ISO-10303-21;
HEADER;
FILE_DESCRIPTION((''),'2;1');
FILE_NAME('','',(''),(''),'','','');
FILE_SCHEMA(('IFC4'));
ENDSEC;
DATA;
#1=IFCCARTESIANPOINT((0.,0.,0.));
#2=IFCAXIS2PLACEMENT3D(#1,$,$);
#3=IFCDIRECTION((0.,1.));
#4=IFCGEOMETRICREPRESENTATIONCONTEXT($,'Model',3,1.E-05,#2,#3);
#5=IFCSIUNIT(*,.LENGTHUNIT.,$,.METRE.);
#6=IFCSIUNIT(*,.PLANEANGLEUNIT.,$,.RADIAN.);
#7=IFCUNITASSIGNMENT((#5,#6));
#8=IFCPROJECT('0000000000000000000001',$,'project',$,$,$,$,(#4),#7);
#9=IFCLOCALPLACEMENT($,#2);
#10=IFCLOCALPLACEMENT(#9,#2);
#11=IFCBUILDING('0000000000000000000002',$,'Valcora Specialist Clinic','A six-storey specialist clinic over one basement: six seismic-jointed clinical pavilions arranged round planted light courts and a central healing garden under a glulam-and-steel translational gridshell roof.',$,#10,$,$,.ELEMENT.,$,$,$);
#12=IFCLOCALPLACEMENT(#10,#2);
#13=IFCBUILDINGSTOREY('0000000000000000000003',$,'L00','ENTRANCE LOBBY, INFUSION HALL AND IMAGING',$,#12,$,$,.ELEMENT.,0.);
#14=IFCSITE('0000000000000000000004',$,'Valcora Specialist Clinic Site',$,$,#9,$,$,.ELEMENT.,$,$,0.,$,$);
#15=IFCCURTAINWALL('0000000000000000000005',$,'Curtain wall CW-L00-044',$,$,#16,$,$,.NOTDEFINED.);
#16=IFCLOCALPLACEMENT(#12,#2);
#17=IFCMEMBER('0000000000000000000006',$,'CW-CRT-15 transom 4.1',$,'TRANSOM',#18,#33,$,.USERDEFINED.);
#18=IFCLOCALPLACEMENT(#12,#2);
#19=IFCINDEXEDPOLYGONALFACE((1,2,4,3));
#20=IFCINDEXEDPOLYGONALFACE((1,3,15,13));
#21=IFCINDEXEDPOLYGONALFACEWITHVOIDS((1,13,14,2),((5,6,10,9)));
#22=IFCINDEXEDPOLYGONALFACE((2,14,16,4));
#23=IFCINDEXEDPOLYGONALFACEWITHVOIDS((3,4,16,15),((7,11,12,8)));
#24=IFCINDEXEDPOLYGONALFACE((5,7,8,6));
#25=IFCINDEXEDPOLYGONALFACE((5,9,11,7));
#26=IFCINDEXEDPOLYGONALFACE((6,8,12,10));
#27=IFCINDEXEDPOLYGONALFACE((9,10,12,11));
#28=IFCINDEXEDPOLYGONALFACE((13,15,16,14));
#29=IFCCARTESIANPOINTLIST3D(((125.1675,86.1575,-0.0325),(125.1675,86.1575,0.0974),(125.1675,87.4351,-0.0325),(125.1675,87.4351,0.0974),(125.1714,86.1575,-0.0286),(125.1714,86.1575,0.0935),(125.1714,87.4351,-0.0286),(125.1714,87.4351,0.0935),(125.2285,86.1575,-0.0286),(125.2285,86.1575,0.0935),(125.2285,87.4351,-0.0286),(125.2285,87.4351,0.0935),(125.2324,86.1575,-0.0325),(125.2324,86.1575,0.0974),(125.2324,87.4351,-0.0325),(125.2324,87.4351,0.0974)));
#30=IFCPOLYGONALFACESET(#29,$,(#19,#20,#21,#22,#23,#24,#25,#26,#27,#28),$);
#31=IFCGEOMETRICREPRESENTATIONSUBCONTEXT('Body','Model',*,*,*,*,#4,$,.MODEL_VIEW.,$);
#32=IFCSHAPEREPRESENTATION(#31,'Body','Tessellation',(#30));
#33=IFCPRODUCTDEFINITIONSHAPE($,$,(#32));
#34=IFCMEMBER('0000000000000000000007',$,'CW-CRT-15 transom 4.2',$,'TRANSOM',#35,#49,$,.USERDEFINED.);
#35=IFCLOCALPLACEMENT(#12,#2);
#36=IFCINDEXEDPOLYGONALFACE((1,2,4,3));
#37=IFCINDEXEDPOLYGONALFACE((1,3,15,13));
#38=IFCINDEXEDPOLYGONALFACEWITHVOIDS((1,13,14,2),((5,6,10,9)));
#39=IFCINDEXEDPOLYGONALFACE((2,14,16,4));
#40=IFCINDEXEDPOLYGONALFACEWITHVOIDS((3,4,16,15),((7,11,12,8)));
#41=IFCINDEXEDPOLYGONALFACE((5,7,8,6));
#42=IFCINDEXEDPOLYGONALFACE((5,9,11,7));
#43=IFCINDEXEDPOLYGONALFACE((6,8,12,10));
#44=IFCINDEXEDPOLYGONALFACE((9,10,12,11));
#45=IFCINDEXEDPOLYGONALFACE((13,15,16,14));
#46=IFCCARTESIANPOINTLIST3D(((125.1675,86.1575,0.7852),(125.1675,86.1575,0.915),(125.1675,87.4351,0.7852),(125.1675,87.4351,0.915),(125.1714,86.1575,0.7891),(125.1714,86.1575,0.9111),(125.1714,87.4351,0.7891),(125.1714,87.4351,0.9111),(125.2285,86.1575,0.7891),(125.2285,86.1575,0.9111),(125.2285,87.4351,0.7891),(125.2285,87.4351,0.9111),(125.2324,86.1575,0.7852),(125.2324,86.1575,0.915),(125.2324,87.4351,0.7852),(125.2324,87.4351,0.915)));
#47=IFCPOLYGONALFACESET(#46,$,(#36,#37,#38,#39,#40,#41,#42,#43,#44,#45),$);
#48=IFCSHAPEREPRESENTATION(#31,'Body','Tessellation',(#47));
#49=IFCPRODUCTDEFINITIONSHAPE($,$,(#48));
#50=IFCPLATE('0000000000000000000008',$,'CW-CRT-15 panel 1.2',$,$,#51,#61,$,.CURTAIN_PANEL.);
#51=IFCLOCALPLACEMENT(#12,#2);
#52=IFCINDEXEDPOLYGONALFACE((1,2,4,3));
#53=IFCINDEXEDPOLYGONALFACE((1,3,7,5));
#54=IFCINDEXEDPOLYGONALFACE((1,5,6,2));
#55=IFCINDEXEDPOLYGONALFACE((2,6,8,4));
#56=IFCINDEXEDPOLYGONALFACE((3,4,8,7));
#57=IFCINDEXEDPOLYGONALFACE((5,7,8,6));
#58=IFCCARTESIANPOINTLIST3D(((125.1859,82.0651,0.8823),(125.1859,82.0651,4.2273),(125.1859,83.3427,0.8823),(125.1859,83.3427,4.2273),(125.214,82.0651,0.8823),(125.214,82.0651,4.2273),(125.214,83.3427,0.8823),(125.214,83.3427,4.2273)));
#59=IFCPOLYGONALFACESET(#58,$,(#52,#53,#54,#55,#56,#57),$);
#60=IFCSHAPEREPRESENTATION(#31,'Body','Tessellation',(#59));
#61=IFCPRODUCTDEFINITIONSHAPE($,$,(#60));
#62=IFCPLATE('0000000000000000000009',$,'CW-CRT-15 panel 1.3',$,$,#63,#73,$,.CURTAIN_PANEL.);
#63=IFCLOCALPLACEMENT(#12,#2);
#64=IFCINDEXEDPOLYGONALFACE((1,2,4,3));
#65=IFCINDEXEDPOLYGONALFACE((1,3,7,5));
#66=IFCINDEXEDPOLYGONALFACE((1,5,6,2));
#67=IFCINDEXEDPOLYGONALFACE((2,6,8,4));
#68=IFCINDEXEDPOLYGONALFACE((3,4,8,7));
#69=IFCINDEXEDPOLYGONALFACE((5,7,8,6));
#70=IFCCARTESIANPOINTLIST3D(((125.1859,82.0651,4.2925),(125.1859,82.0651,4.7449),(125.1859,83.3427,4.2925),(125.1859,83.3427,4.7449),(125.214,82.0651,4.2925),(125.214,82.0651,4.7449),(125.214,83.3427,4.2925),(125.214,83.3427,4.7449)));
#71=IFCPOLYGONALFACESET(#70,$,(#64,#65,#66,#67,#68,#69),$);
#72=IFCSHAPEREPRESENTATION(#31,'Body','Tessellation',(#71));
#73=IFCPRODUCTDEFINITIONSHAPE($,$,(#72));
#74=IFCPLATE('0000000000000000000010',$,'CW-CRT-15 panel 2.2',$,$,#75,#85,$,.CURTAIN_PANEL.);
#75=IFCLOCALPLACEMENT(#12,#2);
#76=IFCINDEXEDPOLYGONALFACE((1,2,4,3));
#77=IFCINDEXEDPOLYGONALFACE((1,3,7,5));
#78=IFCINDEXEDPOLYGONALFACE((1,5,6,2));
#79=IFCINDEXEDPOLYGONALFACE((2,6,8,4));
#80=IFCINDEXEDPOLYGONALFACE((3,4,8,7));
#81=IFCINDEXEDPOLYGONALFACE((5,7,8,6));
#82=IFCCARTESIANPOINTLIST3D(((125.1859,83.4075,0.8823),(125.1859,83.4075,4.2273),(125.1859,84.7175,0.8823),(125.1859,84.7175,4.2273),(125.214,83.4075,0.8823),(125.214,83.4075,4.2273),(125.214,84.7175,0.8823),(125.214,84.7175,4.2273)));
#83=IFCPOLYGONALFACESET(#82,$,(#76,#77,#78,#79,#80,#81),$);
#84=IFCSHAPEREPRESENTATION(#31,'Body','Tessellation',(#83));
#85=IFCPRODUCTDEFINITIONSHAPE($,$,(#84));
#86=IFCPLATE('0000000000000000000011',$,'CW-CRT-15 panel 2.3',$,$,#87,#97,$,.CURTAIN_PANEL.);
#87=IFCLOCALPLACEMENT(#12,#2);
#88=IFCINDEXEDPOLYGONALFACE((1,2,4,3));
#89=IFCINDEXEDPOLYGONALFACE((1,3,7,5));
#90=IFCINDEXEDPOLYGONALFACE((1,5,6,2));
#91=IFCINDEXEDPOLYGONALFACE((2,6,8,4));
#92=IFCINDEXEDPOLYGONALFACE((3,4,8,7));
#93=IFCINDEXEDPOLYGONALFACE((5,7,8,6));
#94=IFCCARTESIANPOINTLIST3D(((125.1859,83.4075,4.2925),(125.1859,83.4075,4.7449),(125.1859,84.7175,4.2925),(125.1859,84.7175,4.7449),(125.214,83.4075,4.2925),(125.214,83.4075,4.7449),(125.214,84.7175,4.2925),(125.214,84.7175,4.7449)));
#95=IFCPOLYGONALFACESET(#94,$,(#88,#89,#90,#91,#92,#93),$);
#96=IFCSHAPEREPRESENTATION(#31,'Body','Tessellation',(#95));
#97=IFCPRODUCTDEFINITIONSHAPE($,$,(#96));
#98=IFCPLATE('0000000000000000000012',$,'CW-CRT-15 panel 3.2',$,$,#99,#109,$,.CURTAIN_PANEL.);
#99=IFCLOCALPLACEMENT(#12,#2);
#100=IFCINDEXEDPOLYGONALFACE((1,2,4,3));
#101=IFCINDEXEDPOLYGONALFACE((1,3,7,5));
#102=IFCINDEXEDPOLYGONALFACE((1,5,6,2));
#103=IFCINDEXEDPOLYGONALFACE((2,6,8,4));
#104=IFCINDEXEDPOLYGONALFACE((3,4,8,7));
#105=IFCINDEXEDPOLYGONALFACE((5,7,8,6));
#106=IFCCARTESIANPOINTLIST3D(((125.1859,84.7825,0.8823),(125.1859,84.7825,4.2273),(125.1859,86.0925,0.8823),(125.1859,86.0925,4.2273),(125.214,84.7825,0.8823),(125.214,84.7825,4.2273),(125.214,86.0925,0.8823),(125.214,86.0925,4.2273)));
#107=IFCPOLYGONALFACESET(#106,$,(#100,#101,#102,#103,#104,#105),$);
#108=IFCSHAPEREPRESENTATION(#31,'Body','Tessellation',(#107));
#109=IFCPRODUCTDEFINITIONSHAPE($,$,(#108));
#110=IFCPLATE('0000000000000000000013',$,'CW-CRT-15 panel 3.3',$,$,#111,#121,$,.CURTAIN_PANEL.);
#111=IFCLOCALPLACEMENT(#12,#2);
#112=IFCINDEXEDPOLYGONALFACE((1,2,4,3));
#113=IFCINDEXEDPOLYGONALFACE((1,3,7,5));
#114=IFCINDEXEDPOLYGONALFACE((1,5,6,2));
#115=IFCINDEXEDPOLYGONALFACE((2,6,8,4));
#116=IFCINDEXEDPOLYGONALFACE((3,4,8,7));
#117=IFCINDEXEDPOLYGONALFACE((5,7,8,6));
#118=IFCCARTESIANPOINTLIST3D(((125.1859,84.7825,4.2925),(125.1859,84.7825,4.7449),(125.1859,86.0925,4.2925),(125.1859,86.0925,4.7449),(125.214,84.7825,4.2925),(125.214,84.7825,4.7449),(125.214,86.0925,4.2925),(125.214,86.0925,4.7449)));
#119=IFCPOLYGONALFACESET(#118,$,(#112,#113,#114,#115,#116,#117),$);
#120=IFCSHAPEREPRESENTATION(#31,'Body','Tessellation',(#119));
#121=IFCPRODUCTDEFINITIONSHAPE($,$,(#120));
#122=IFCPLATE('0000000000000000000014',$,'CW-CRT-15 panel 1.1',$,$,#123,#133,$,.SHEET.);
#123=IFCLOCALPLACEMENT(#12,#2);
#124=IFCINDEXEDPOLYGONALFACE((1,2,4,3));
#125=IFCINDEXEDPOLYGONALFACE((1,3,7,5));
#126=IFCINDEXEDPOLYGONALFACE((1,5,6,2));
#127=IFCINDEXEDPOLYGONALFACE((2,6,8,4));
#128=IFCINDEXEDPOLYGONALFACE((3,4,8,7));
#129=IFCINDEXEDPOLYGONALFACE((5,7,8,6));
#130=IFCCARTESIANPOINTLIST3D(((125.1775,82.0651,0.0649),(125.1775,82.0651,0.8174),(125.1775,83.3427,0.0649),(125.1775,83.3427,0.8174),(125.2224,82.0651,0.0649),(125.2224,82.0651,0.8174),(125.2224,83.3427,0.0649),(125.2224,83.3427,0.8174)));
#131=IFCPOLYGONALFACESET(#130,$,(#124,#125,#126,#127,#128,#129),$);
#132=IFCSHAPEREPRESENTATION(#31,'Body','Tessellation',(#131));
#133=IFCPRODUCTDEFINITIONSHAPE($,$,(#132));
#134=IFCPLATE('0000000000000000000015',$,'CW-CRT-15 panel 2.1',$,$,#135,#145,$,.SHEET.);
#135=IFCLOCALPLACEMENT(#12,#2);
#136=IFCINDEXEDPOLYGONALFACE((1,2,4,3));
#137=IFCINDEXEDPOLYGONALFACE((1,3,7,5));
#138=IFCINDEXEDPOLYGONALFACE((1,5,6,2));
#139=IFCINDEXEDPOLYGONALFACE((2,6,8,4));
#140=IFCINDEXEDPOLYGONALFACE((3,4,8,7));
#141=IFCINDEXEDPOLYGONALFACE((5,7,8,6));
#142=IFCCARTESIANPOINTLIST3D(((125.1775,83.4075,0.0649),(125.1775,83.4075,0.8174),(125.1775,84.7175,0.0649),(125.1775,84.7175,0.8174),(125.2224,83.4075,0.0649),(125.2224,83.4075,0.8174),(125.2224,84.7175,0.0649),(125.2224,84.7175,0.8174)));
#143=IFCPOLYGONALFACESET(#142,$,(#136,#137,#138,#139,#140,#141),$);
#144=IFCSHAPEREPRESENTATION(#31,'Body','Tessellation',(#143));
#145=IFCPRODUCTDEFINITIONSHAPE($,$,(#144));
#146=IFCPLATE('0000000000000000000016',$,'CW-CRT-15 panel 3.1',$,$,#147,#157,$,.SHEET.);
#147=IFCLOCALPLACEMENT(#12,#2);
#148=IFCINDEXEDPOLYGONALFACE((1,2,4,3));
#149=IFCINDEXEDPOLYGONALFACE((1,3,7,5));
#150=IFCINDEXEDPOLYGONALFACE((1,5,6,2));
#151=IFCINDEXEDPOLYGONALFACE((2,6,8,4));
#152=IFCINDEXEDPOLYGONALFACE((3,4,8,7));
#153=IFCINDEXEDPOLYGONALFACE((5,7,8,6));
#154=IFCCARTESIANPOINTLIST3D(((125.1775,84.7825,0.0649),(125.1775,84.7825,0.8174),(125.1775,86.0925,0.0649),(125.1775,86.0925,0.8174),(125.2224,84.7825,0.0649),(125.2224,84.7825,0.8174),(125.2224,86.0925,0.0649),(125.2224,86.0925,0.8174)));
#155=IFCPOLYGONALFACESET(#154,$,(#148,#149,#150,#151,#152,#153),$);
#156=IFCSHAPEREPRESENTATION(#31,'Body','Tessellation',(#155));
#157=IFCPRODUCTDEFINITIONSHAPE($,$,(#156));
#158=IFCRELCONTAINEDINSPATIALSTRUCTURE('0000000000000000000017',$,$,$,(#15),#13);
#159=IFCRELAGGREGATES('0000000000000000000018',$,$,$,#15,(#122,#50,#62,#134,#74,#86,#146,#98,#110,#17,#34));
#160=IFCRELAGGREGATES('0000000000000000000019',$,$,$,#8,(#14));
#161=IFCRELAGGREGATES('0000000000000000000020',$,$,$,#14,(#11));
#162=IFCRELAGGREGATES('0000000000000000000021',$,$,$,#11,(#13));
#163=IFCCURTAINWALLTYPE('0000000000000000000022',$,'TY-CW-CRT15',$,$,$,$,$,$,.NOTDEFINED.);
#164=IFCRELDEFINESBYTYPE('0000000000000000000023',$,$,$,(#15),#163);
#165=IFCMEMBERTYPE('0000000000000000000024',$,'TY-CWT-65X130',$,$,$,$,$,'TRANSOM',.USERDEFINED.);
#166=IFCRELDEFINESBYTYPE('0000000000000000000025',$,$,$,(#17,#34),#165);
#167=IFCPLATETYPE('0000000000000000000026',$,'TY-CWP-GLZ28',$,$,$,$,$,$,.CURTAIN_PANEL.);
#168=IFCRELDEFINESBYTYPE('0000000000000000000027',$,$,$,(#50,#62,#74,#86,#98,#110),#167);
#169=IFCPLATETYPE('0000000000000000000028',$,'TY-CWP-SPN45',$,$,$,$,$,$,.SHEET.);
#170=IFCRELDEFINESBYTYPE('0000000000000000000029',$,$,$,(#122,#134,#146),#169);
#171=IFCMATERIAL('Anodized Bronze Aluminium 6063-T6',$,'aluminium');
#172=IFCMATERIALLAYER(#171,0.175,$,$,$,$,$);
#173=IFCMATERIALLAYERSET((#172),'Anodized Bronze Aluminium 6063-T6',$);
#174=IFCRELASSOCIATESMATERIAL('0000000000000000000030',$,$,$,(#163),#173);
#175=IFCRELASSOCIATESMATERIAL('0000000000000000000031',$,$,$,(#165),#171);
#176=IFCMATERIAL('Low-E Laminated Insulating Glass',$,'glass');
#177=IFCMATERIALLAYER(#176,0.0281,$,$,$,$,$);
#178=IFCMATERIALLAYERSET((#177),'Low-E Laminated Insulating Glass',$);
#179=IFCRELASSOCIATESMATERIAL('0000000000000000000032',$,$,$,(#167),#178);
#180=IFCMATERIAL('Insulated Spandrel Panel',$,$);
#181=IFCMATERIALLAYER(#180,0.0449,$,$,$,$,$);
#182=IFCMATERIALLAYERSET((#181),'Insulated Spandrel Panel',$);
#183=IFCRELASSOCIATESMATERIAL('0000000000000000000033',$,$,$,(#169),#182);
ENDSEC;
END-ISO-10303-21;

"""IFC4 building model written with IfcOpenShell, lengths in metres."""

from ifc_helpers import new_model, si_unit, direction, frame, origin, origin_2d, place, context, subcontext, project, spatial, rectangle, hollow_rectangle, extrude, material, layer, layer_set, material_profile, profile_set, type_object, element, aggregate, save


model = new_model("IFC4")

# Units and contexts
model_context = context("Model", 3, precision=1e-05, world=origin(), true_north=direction((0.0, 1.0)))
body_context = subcontext(model_context, "Body", "Model", "MODEL_VIEW")
ifc_project = project(units=[si_unit("LENGTHUNIT", "METRE"), si_unit("PLANEANGLEUNIT", "RADIAN")], contexts=[model_context])

# Site, building, storey
site_placement = place(None, origin())
site = spatial("IfcSite", under=ifc_project, at=site_placement, Name="Valcora Specialist Clinic Site", CompositionType="ELEMENT", RefElevation=0.0)
building_placement = place(site_placement, origin())
building = spatial("IfcBuilding", under=site, at=building_placement, Name="Valcora Specialist Clinic", Description="A six-storey specialist clinic over one basement: six seismic-jointed clinical pavilions arranged round planted light courts and a central healing garden under a glulam-and-steel translational gridshell roof.", CompositionType="ELEMENT")
storey_placement = place(building_placement, origin())
storey = spatial("IfcBuildingStorey", under=building, at=storey_placement, Name="L00", Description="ENTRANCE LOBBY, INFUSION HALL AND IMAGING", CompositionType="ELEMENT", Elevation=0.0)

# Curtain wall, members, plates
ifc_material_1 = material(Name="Anodized Bronze Aluminium 6063-T6", Category="aluminium")
ifc_layer_1 = layer(ifc_material_1, 0.175)
ifc_layer_set_1 = layer_set([ifc_layer_1], Name="Anodized Bronze Aluminium 6063-T6")
curtain_wall_type = type_object("IfcCurtainWallType", Name="TY-CW-CRT15", PredefinedType="NOTDEFINED", material=ifc_layer_set_1)
curtain_wall_placement = place(storey_placement, origin())
curtain_wall = element("IfcCurtainWall", 1, at=curtain_wall_placement, inside=storey, type_object=curtain_wall_type, Name="Curtain wall CW-L00-044", PredefinedType="NOTDEFINED")
ifc_material_profile_1 = material_profile(ifc_material_1, hollow_rectangle(XDim=0.0649, YDim=0.1299, WallThickness=0.0039, at=origin_2d()), Name="AL-TRN-65X130")
ifc_profile_set_1 = profile_set([ifc_material_profile_1], Name="Anodized Bronze Aluminium 6063-T6")
member_type_1 = type_object("IfcMemberType", Name="TY-CWT-65X130", ElementType="TRANSOM", PredefinedType="USERDEFINED", material=ifc_profile_set_1)
member_1_placement = place(storey_placement, frame((125.2, 86.1575, 0.0325), z_axis=(0.0, 1.0, 0.0), x_axis=(-1.0, 0.0, 0.0)))
member_1 = element("IfcMember", 2, at=member_1_placement, type_object=member_type_1, Name="CW-CRT-15 transom 4.1", ObjectType="TRANSOM", PredefinedType="USERDEFINED", context=body_context, shape_type="SweptSolid", body=[
    extrude(hollow_rectangle(XDim=0.0649, YDim=0.1299, WallThickness=0.0039, at=origin_2d()), origin(), (0.0, 0.0, 1.0), 1.2776),
])
member_2_placement = place(storey_placement, frame((125.2, 86.1575, 0.8501), z_axis=(0.0, 1.0, 0.0), x_axis=(-1.0, 0.0, 0.0)))
member_2 = element("IfcMember", 3, at=member_2_placement, type_object=member_type_1, Name="CW-CRT-15 transom 4.2", ObjectType="TRANSOM", PredefinedType="USERDEFINED", context=body_context, shape_type="SweptSolid", body=[
    extrude(hollow_rectangle(XDim=0.0649, YDim=0.1299, WallThickness=0.0039, at=origin_2d()), origin(), (0.0, 0.0, 1.0), 1.2776),
])
ifc_material_2 = material(Name="Low-E Laminated Insulating Glass", Category="glass")
ifc_layer_2 = layer(ifc_material_2, 0.0281)
ifc_layer_set_2 = layer_set([ifc_layer_2], Name="Low-E Laminated Insulating Glass")
plate_type_1 = type_object("IfcPlateType", Name="TY-CWP-GLZ28", PredefinedType="CURTAIN_PANEL", material=ifc_layer_set_2)
plate_1_placement = place(storey_placement, frame((125.2, 82.7039, 0.8823), z_axis=(0.0, 0.0, 1.0), x_axis=(0.0, 1.0, 0.0)))
plate_1 = element("IfcPlate", 4, at=plate_1_placement, type_object=plate_type_1, Name="CW-CRT-15 panel 1.2", PredefinedType="CURTAIN_PANEL", context=body_context, shape_type="SweptSolid", body=[
    extrude(rectangle(XDim=1.2776, YDim=0.0281, at=origin_2d()), origin(), (0.0, 0.0, 1.0), 3.345),
])
plate_2_placement = place(storey_placement, frame((125.2, 82.7039, 4.2925), z_axis=(0.0, 0.0, 1.0), x_axis=(0.0, 1.0, 0.0)))
plate_2 = element("IfcPlate", 5, at=plate_2_placement, type_object=plate_type_1, Name="CW-CRT-15 panel 1.3", PredefinedType="CURTAIN_PANEL", context=body_context, shape_type="SweptSolid", body=[
    extrude(rectangle(XDim=1.2776, YDim=0.0281, at=origin_2d()), origin(), (0.0, 0.0, 1.0), 0.4524),
])
plate_3_placement = place(storey_placement, frame((125.2, 84.0625, 0.8823), z_axis=(0.0, 0.0, 1.0), x_axis=(0.0, 1.0, 0.0)))
plate_3 = element("IfcPlate", 6, at=plate_3_placement, type_object=plate_type_1, Name="CW-CRT-15 panel 2.2", PredefinedType="CURTAIN_PANEL", context=body_context, shape_type="SweptSolid", body=[
    extrude(rectangle(XDim=1.3101, YDim=0.0281, at=origin_2d()), origin(), (0.0, 0.0, 1.0), 3.345),
])
plate_4_placement = place(storey_placement, frame((125.2, 84.0625, 4.2925), z_axis=(0.0, 0.0, 1.0), x_axis=(0.0, 1.0, 0.0)))
plate_4 = element("IfcPlate", 7, at=plate_4_placement, type_object=plate_type_1, Name="CW-CRT-15 panel 2.3", PredefinedType="CURTAIN_PANEL", context=body_context, shape_type="SweptSolid", body=[
    extrude(rectangle(XDim=1.3101, YDim=0.0281, at=origin_2d()), origin(), (0.0, 0.0, 1.0), 0.4524),
])
plate_5_placement = place(storey_placement, frame((125.2, 85.4375, 0.8823), z_axis=(0.0, 0.0, 1.0), x_axis=(0.0, 1.0, 0.0)))
plate_5 = element("IfcPlate", 8, at=plate_5_placement, type_object=plate_type_1, Name="CW-CRT-15 panel 3.2", PredefinedType="CURTAIN_PANEL", context=body_context, shape_type="SweptSolid", body=[
    extrude(rectangle(XDim=1.3101, YDim=0.0281, at=origin_2d()), origin(), (0.0, 0.0, 1.0), 3.345),
])
plate_6_placement = place(storey_placement, frame((125.2, 85.4375, 4.2925), z_axis=(0.0, 0.0, 1.0), x_axis=(0.0, 1.0, 0.0)))
plate_6 = element("IfcPlate", 9, at=plate_6_placement, type_object=plate_type_1, Name="CW-CRT-15 panel 3.3", PredefinedType="CURTAIN_PANEL", context=body_context, shape_type="SweptSolid", body=[
    extrude(rectangle(XDim=1.3101, YDim=0.0281, at=origin_2d()), origin(), (0.0, 0.0, 1.0), 0.4524),
])
ifc_material_3 = material(Name="Insulated Spandrel Panel")
ifc_layer_3 = layer(ifc_material_3, 0.0449)
ifc_layer_set_3 = layer_set([ifc_layer_3], Name="Insulated Spandrel Panel")
plate_type_2 = type_object("IfcPlateType", Name="TY-CWP-SPN45", PredefinedType="SHEET", material=ifc_layer_set_3)
plate_7_placement = place(storey_placement, frame((125.2, 82.7039, 0.0649), z_axis=(0.0, 0.0, 1.0), x_axis=(0.0, 1.0, 0.0)))
plate_7 = element("IfcPlate", 10, at=plate_7_placement, type_object=plate_type_2, Name="CW-CRT-15 panel 1.1", PredefinedType="SHEET", context=body_context, shape_type="SweptSolid", body=[
    extrude(rectangle(XDim=1.2776, YDim=0.0449, at=origin_2d()), origin(), (0.0, 0.0, 1.0), 0.7524),
])
plate_8_placement = place(storey_placement, frame((125.2, 84.0625, 0.0649), z_axis=(0.0, 0.0, 1.0), x_axis=(0.0, 1.0, 0.0)))
plate_8 = element("IfcPlate", 11, at=plate_8_placement, type_object=plate_type_2, Name="CW-CRT-15 panel 2.1", PredefinedType="SHEET", context=body_context, shape_type="SweptSolid", body=[
    extrude(rectangle(XDim=1.3101, YDim=0.0449, at=origin_2d()), origin(), (0.0, 0.0, 1.0), 0.7524),
])
plate_9_placement = place(storey_placement, frame((125.2, 85.4375, 0.0649), z_axis=(0.0, 0.0, 1.0), x_axis=(0.0, 1.0, 0.0)))
plate_9 = element("IfcPlate", 12, at=plate_9_placement, type_object=plate_type_2, Name="CW-CRT-15 panel 3.1", PredefinedType="SHEET", context=body_context, shape_type="SweptSolid", body=[
    extrude(rectangle(XDim=1.3101, YDim=0.0449, at=origin_2d()), origin(), (0.0, 0.0, 1.0), 0.7524),
])
aggregate(curtain_wall, [plate_7, plate_1, plate_2, plate_8, plate_3, plate_4, plate_9, plate_5, plate_6, member_1, member_2])

save(model, "model.ifc")
